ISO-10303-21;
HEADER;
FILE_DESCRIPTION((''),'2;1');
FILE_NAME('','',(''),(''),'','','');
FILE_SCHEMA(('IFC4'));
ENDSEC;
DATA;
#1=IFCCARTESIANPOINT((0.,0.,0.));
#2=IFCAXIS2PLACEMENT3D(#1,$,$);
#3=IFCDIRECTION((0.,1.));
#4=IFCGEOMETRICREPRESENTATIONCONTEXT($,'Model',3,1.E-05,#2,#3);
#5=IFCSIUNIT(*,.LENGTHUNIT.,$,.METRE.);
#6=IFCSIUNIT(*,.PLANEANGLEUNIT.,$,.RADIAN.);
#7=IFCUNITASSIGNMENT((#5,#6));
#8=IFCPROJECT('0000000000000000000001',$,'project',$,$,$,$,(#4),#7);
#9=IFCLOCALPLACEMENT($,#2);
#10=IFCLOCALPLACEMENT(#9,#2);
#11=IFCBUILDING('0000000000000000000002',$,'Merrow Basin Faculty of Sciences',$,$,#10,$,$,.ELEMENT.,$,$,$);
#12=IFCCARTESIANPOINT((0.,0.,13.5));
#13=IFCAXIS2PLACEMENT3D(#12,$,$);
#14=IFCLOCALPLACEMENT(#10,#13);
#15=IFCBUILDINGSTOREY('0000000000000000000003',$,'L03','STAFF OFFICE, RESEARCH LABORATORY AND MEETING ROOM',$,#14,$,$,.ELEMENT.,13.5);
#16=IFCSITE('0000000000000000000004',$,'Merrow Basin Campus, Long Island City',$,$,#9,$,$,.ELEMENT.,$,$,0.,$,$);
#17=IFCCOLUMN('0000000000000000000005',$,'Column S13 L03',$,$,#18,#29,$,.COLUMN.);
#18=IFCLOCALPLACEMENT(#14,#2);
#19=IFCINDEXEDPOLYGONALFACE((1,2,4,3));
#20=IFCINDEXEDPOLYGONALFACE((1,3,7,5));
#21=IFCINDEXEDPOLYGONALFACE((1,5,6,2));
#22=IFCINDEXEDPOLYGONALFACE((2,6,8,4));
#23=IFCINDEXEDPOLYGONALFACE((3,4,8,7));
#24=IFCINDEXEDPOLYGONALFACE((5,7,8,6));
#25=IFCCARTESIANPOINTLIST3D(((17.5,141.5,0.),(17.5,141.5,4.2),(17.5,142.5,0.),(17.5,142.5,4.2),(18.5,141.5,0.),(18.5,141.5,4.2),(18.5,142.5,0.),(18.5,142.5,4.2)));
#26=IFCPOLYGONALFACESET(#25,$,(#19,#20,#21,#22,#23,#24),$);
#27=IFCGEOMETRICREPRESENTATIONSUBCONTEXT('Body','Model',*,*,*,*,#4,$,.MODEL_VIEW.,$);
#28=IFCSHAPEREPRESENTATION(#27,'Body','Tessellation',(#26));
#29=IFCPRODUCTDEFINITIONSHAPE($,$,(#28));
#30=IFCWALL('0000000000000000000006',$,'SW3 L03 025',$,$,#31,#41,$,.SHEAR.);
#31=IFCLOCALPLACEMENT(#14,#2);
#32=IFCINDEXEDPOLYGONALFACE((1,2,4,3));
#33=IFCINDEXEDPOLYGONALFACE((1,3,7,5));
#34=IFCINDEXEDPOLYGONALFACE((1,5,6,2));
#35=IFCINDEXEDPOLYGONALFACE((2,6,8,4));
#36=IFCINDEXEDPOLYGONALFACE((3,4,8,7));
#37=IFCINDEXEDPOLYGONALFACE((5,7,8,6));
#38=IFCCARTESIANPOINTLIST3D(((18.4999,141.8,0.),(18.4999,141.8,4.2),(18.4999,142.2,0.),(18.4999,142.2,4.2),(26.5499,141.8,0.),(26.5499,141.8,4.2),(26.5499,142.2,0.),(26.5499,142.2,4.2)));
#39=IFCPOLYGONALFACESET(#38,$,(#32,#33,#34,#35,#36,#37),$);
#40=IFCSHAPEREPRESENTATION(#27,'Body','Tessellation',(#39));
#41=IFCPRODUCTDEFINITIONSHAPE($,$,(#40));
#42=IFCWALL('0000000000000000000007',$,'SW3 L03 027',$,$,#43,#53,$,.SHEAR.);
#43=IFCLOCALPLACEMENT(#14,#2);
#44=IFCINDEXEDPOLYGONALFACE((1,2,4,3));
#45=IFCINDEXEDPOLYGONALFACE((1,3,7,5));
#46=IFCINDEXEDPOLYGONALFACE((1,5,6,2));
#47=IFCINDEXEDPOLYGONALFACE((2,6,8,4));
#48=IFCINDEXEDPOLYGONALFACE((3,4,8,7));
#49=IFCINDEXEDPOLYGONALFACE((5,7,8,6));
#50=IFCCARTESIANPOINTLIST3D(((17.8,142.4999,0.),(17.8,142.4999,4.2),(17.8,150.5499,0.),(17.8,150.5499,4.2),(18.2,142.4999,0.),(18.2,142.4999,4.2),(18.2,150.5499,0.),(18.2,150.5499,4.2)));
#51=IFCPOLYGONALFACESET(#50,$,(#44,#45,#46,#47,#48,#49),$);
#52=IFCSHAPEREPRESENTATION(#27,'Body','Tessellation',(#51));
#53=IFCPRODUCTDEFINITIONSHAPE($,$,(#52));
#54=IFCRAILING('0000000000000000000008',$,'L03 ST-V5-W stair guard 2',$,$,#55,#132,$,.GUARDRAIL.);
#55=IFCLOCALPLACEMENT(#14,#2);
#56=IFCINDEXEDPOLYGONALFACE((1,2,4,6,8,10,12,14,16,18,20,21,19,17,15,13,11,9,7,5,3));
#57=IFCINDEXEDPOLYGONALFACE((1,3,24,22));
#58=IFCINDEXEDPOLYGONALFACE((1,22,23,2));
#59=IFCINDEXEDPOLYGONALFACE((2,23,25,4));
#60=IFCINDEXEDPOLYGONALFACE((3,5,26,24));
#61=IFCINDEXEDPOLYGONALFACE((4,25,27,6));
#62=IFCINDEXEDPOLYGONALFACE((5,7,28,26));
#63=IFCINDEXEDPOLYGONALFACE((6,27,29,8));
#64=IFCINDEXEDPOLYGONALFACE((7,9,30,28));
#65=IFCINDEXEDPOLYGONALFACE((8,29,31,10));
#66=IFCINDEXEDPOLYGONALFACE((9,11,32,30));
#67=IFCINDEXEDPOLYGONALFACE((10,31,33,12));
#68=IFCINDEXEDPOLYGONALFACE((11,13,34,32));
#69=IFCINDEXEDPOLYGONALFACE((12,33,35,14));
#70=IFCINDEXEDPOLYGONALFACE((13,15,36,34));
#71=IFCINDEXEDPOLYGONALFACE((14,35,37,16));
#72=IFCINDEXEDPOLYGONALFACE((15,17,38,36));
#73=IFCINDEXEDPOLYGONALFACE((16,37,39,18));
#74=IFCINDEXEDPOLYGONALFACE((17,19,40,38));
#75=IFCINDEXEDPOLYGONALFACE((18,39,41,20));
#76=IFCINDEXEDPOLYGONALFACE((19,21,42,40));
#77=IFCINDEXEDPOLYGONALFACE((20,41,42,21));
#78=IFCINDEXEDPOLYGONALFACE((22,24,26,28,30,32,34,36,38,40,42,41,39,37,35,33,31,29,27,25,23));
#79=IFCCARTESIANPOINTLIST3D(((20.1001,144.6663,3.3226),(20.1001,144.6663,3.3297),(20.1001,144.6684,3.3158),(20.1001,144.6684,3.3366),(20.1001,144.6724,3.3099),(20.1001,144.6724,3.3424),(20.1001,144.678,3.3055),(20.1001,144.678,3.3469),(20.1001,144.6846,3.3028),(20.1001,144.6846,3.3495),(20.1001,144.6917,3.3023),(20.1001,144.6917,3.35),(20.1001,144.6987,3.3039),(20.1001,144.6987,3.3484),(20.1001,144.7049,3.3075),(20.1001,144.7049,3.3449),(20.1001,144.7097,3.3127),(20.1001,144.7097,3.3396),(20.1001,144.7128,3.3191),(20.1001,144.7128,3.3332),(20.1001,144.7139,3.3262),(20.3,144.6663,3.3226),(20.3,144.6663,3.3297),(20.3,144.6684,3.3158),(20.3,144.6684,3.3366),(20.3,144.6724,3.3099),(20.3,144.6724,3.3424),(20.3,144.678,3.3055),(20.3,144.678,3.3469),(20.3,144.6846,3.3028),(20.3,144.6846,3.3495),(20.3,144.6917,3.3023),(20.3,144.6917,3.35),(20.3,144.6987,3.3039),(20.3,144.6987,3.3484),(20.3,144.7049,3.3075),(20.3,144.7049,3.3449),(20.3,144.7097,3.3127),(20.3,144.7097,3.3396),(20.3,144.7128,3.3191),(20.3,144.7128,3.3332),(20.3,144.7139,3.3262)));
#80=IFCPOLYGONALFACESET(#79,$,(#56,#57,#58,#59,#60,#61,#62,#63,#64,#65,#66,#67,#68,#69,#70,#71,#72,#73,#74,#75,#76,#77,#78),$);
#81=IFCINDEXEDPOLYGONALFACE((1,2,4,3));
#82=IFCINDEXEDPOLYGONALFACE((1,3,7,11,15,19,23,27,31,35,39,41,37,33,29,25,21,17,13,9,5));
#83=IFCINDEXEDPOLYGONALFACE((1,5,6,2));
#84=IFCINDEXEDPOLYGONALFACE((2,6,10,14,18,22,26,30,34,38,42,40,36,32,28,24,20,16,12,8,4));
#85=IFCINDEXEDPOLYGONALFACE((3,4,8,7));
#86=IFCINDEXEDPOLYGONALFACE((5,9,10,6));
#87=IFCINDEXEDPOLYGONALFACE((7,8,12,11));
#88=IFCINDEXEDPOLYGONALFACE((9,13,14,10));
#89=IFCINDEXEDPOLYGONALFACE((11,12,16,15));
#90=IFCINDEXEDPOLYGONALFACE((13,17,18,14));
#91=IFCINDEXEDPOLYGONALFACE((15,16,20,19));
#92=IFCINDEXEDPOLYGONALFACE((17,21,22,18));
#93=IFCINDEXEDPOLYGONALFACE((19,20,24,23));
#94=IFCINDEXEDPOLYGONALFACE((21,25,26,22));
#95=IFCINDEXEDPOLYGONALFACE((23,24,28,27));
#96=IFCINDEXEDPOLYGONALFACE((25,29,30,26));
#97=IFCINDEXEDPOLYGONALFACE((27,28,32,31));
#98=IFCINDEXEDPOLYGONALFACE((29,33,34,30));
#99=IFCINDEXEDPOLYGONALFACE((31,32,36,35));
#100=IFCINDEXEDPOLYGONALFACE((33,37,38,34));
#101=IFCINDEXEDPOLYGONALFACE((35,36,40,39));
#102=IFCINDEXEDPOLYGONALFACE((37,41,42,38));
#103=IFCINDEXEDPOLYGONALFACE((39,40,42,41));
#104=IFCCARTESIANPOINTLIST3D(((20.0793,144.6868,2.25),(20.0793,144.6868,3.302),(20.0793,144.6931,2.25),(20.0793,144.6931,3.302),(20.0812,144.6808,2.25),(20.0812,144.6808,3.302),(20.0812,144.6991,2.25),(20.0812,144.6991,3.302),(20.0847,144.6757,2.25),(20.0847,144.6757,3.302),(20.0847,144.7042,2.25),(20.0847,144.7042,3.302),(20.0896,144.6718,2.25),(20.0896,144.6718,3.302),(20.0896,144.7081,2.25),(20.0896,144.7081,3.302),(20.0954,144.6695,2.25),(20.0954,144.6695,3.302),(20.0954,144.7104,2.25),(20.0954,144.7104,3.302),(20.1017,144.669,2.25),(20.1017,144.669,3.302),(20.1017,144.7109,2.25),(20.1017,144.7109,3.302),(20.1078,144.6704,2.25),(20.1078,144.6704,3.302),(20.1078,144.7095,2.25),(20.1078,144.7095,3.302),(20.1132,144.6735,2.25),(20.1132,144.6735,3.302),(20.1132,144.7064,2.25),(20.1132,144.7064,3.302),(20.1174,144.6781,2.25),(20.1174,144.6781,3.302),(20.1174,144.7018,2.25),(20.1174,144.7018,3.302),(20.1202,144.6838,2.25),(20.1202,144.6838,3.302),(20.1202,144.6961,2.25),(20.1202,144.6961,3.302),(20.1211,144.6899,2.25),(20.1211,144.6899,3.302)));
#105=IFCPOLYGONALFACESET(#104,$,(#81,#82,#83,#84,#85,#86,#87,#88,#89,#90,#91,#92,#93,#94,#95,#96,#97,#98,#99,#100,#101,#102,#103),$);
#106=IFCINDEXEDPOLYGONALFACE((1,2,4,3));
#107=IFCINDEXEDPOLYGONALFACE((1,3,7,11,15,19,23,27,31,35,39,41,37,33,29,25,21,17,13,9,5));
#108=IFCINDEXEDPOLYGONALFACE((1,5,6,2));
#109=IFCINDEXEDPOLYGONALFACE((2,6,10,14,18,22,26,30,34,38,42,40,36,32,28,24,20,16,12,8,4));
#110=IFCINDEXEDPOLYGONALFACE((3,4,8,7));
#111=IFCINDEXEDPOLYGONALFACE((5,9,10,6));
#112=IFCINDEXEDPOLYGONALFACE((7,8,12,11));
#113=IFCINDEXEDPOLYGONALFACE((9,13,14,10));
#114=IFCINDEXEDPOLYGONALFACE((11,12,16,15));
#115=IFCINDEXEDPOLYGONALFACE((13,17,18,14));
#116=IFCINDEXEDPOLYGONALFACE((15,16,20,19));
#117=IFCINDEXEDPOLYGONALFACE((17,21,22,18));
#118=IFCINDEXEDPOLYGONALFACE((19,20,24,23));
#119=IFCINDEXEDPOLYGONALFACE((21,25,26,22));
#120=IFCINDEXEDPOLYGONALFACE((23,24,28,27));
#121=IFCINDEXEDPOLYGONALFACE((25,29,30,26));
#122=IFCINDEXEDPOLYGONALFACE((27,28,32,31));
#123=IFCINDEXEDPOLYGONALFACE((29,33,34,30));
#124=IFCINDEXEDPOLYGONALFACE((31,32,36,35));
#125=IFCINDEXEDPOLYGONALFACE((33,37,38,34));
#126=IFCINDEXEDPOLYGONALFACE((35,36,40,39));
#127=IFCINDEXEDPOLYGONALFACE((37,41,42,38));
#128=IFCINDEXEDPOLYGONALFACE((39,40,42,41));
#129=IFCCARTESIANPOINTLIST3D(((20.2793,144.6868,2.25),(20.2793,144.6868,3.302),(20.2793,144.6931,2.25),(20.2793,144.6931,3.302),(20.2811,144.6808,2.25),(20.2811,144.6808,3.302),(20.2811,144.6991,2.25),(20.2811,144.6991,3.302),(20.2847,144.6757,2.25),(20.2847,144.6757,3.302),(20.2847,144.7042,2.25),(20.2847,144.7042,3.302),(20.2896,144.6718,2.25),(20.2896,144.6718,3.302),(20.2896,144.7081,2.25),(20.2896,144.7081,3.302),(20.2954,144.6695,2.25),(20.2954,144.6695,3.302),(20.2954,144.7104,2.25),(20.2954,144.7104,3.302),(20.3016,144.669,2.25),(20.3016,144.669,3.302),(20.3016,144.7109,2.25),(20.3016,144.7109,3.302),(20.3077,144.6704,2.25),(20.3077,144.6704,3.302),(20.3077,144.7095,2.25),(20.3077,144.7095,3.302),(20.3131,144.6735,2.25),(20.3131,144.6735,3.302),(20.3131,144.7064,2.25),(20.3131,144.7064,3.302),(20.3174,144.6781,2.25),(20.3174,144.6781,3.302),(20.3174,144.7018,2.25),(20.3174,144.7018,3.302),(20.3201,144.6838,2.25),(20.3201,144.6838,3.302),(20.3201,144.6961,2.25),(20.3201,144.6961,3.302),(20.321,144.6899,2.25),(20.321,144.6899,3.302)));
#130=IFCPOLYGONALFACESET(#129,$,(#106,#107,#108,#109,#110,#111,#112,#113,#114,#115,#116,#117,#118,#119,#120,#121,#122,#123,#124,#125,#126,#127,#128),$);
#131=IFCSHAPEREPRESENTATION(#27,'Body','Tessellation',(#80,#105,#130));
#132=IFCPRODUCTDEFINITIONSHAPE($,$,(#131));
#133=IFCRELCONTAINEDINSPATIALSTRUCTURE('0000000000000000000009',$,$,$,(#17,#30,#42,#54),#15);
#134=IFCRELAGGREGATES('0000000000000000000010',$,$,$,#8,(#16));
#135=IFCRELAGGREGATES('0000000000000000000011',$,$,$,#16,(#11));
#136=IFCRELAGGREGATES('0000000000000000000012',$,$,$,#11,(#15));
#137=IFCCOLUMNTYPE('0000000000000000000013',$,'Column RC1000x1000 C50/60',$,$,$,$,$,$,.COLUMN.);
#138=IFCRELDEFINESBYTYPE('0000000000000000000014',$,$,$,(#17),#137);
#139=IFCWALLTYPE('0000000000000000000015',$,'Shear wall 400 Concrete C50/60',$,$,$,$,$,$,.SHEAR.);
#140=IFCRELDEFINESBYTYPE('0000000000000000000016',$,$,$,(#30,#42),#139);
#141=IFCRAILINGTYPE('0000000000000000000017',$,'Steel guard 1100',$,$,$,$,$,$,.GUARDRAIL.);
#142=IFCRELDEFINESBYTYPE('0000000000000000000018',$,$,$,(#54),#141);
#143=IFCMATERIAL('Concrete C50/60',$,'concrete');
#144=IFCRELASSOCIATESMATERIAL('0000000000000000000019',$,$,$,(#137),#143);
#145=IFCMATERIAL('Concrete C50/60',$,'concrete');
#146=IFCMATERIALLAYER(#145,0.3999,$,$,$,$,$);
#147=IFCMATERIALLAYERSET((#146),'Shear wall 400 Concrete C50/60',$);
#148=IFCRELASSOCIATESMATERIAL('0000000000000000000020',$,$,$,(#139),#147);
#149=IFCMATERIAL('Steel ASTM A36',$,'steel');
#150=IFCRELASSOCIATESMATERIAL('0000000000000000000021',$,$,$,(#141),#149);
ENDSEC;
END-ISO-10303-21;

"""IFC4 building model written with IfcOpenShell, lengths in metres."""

from ifc_helpers import new_model, si_unit, direction, frame, frame_2d, origin, origin_2d, place, context, subcontext, project, spatial, rectangle, circle, extrude, material, layer, layer_set, material_profile, profile_set, type_object, element, save


model = new_model("IFC4")

# Units and contexts
model_context = context("Model", 3, precision=1e-05, world=origin(), true_north=direction((0.0, 1.0)))
body_context = subcontext(model_context, "Body", "Model", "MODEL_VIEW")
ifc_project = project(units=[si_unit("LENGTHUNIT", "METRE"), si_unit("PLANEANGLEUNIT", "RADIAN")], contexts=[model_context])

# Site, building, storey
site_placement = place(None, origin())
site = spatial("IfcSite", under=ifc_project, at=site_placement, Name="Merrow Basin Campus, Long Island City", CompositionType="ELEMENT", RefElevation=0.0)
building_placement = place(site_placement, origin())
building = spatial("IfcBuilding", under=site, at=building_placement, Name="Merrow Basin Faculty of Sciences", CompositionType="ELEMENT")
storey_placement = place(building_placement, frame((0.0, 0.0, 13.5)))
storey = spatial("IfcBuildingStorey", under=building, at=storey_placement, Name="L03", Description="STAFF OFFICE, RESEARCH LABORATORY AND MEETING ROOM", CompositionType="ELEMENT", Elevation=13.5)

# Column
ifc_material_1 = material(Name="Concrete C50/60", Category="concrete")
ifc_material_profile = material_profile(ifc_material_1, rectangle(XDim=1.0, YDim=1.0, at=origin_2d()))
ifc_profile_set = profile_set([ifc_material_profile], Name="Concrete C50/60")
column_type = type_object("IfcColumnType", Name="Column RC1000x1000 C50/60", PredefinedType="COLUMN", material=ifc_profile_set)
column_placement = place(storey_placement, frame((18.0, 142.0, 0.0), z_axis=(0.0, 0.0, 1.0), x_axis=(1.0, 0.0, 0.0)))
element("IfcColumn", 1, at=column_placement, inside=storey, type_object=column_type, Name="Column S13 L03", PredefinedType="COLUMN", context=body_context, shape_type="SweptSolid", body=[
    extrude(rectangle(XDim=1.0, YDim=1.0, at=origin_2d()), origin(), (0.0, 0.0, 1.0), 4.2),
])

# Walls
ifc_material_2 = material(Name="Concrete C50/60", Category="concrete")
ifc_layer_1 = layer(ifc_material_2, 0.3999)
ifc_layer_set_1 = layer_set([ifc_layer_1], Name="Shear wall 400 Concrete C50/60")
wall_type = type_object("IfcWallType", Name="Shear wall 400 Concrete C50/60", PredefinedType="SHEAR", material=ifc_layer_set_1)
for number, where, z_axis, x_axis, name in (
    (2, (18.5, 142.0, 0.0), (0.0, 0.0, 1.0), (1.0, 0.0, 0.0), "SW3 L03 025"),
    (3, (18.0, 142.5, 0.0), (0.0, 0.0, 1.0), (0.0, 1.0, 0.0), "SW3 L03 027"),
):
    element("IfcWall", number, at=place(storey_placement, frame(where, z_axis=z_axis, x_axis=x_axis)), inside=storey, type_object=wall_type, Name=name, PredefinedType="SHEAR", context=body_context, shape_type="SweptSolid", body=[
        extrude(rectangle(XDim=8.05, YDim=0.3999, at=frame_2d((4.0249, 0.0))), origin(), (0.0, 0.0, 1.0), 4.2),
    ])

# Railing
ifc_material_3 = material(Name="Steel ASTM A36", Category="steel")
railing_type = type_object("IfcRailingType", Name="Steel guard 1100", PredefinedType="GUARDRAIL", material=ifc_material_3)
railing_1_placement = place(storey_placement, frame((20.1001, 144.6899, 2.25)))
element("IfcRailing", 4, at=railing_1_placement, inside=storey, type_object=railing_type, Name="L03 ST-V5-W stair guard 2", PredefinedType="GUARDRAIL", context=body_context, shape_type="SweptSolid", body=[
    extrude(circle(Radius=0.0239, at=origin_2d()), frame((0.0, 0.0, 1.0762), z_axis=(1.0, 0.0, 0.0), x_axis=(0.0, 1.0, 0.0)), (0.0, 0.0, 1.0), 0.2),
    extrude(circle(Radius=0.021, at=origin_2d()), origin(), (0.0, 0.0, 1.0), 1.052),
    extrude(circle(Radius=0.021, at=origin_2d()), frame((0.2, 0.0, 0.0)), (0.0, 0.0, 1.0), 1.052),
])

save(model, "model.ifc")
